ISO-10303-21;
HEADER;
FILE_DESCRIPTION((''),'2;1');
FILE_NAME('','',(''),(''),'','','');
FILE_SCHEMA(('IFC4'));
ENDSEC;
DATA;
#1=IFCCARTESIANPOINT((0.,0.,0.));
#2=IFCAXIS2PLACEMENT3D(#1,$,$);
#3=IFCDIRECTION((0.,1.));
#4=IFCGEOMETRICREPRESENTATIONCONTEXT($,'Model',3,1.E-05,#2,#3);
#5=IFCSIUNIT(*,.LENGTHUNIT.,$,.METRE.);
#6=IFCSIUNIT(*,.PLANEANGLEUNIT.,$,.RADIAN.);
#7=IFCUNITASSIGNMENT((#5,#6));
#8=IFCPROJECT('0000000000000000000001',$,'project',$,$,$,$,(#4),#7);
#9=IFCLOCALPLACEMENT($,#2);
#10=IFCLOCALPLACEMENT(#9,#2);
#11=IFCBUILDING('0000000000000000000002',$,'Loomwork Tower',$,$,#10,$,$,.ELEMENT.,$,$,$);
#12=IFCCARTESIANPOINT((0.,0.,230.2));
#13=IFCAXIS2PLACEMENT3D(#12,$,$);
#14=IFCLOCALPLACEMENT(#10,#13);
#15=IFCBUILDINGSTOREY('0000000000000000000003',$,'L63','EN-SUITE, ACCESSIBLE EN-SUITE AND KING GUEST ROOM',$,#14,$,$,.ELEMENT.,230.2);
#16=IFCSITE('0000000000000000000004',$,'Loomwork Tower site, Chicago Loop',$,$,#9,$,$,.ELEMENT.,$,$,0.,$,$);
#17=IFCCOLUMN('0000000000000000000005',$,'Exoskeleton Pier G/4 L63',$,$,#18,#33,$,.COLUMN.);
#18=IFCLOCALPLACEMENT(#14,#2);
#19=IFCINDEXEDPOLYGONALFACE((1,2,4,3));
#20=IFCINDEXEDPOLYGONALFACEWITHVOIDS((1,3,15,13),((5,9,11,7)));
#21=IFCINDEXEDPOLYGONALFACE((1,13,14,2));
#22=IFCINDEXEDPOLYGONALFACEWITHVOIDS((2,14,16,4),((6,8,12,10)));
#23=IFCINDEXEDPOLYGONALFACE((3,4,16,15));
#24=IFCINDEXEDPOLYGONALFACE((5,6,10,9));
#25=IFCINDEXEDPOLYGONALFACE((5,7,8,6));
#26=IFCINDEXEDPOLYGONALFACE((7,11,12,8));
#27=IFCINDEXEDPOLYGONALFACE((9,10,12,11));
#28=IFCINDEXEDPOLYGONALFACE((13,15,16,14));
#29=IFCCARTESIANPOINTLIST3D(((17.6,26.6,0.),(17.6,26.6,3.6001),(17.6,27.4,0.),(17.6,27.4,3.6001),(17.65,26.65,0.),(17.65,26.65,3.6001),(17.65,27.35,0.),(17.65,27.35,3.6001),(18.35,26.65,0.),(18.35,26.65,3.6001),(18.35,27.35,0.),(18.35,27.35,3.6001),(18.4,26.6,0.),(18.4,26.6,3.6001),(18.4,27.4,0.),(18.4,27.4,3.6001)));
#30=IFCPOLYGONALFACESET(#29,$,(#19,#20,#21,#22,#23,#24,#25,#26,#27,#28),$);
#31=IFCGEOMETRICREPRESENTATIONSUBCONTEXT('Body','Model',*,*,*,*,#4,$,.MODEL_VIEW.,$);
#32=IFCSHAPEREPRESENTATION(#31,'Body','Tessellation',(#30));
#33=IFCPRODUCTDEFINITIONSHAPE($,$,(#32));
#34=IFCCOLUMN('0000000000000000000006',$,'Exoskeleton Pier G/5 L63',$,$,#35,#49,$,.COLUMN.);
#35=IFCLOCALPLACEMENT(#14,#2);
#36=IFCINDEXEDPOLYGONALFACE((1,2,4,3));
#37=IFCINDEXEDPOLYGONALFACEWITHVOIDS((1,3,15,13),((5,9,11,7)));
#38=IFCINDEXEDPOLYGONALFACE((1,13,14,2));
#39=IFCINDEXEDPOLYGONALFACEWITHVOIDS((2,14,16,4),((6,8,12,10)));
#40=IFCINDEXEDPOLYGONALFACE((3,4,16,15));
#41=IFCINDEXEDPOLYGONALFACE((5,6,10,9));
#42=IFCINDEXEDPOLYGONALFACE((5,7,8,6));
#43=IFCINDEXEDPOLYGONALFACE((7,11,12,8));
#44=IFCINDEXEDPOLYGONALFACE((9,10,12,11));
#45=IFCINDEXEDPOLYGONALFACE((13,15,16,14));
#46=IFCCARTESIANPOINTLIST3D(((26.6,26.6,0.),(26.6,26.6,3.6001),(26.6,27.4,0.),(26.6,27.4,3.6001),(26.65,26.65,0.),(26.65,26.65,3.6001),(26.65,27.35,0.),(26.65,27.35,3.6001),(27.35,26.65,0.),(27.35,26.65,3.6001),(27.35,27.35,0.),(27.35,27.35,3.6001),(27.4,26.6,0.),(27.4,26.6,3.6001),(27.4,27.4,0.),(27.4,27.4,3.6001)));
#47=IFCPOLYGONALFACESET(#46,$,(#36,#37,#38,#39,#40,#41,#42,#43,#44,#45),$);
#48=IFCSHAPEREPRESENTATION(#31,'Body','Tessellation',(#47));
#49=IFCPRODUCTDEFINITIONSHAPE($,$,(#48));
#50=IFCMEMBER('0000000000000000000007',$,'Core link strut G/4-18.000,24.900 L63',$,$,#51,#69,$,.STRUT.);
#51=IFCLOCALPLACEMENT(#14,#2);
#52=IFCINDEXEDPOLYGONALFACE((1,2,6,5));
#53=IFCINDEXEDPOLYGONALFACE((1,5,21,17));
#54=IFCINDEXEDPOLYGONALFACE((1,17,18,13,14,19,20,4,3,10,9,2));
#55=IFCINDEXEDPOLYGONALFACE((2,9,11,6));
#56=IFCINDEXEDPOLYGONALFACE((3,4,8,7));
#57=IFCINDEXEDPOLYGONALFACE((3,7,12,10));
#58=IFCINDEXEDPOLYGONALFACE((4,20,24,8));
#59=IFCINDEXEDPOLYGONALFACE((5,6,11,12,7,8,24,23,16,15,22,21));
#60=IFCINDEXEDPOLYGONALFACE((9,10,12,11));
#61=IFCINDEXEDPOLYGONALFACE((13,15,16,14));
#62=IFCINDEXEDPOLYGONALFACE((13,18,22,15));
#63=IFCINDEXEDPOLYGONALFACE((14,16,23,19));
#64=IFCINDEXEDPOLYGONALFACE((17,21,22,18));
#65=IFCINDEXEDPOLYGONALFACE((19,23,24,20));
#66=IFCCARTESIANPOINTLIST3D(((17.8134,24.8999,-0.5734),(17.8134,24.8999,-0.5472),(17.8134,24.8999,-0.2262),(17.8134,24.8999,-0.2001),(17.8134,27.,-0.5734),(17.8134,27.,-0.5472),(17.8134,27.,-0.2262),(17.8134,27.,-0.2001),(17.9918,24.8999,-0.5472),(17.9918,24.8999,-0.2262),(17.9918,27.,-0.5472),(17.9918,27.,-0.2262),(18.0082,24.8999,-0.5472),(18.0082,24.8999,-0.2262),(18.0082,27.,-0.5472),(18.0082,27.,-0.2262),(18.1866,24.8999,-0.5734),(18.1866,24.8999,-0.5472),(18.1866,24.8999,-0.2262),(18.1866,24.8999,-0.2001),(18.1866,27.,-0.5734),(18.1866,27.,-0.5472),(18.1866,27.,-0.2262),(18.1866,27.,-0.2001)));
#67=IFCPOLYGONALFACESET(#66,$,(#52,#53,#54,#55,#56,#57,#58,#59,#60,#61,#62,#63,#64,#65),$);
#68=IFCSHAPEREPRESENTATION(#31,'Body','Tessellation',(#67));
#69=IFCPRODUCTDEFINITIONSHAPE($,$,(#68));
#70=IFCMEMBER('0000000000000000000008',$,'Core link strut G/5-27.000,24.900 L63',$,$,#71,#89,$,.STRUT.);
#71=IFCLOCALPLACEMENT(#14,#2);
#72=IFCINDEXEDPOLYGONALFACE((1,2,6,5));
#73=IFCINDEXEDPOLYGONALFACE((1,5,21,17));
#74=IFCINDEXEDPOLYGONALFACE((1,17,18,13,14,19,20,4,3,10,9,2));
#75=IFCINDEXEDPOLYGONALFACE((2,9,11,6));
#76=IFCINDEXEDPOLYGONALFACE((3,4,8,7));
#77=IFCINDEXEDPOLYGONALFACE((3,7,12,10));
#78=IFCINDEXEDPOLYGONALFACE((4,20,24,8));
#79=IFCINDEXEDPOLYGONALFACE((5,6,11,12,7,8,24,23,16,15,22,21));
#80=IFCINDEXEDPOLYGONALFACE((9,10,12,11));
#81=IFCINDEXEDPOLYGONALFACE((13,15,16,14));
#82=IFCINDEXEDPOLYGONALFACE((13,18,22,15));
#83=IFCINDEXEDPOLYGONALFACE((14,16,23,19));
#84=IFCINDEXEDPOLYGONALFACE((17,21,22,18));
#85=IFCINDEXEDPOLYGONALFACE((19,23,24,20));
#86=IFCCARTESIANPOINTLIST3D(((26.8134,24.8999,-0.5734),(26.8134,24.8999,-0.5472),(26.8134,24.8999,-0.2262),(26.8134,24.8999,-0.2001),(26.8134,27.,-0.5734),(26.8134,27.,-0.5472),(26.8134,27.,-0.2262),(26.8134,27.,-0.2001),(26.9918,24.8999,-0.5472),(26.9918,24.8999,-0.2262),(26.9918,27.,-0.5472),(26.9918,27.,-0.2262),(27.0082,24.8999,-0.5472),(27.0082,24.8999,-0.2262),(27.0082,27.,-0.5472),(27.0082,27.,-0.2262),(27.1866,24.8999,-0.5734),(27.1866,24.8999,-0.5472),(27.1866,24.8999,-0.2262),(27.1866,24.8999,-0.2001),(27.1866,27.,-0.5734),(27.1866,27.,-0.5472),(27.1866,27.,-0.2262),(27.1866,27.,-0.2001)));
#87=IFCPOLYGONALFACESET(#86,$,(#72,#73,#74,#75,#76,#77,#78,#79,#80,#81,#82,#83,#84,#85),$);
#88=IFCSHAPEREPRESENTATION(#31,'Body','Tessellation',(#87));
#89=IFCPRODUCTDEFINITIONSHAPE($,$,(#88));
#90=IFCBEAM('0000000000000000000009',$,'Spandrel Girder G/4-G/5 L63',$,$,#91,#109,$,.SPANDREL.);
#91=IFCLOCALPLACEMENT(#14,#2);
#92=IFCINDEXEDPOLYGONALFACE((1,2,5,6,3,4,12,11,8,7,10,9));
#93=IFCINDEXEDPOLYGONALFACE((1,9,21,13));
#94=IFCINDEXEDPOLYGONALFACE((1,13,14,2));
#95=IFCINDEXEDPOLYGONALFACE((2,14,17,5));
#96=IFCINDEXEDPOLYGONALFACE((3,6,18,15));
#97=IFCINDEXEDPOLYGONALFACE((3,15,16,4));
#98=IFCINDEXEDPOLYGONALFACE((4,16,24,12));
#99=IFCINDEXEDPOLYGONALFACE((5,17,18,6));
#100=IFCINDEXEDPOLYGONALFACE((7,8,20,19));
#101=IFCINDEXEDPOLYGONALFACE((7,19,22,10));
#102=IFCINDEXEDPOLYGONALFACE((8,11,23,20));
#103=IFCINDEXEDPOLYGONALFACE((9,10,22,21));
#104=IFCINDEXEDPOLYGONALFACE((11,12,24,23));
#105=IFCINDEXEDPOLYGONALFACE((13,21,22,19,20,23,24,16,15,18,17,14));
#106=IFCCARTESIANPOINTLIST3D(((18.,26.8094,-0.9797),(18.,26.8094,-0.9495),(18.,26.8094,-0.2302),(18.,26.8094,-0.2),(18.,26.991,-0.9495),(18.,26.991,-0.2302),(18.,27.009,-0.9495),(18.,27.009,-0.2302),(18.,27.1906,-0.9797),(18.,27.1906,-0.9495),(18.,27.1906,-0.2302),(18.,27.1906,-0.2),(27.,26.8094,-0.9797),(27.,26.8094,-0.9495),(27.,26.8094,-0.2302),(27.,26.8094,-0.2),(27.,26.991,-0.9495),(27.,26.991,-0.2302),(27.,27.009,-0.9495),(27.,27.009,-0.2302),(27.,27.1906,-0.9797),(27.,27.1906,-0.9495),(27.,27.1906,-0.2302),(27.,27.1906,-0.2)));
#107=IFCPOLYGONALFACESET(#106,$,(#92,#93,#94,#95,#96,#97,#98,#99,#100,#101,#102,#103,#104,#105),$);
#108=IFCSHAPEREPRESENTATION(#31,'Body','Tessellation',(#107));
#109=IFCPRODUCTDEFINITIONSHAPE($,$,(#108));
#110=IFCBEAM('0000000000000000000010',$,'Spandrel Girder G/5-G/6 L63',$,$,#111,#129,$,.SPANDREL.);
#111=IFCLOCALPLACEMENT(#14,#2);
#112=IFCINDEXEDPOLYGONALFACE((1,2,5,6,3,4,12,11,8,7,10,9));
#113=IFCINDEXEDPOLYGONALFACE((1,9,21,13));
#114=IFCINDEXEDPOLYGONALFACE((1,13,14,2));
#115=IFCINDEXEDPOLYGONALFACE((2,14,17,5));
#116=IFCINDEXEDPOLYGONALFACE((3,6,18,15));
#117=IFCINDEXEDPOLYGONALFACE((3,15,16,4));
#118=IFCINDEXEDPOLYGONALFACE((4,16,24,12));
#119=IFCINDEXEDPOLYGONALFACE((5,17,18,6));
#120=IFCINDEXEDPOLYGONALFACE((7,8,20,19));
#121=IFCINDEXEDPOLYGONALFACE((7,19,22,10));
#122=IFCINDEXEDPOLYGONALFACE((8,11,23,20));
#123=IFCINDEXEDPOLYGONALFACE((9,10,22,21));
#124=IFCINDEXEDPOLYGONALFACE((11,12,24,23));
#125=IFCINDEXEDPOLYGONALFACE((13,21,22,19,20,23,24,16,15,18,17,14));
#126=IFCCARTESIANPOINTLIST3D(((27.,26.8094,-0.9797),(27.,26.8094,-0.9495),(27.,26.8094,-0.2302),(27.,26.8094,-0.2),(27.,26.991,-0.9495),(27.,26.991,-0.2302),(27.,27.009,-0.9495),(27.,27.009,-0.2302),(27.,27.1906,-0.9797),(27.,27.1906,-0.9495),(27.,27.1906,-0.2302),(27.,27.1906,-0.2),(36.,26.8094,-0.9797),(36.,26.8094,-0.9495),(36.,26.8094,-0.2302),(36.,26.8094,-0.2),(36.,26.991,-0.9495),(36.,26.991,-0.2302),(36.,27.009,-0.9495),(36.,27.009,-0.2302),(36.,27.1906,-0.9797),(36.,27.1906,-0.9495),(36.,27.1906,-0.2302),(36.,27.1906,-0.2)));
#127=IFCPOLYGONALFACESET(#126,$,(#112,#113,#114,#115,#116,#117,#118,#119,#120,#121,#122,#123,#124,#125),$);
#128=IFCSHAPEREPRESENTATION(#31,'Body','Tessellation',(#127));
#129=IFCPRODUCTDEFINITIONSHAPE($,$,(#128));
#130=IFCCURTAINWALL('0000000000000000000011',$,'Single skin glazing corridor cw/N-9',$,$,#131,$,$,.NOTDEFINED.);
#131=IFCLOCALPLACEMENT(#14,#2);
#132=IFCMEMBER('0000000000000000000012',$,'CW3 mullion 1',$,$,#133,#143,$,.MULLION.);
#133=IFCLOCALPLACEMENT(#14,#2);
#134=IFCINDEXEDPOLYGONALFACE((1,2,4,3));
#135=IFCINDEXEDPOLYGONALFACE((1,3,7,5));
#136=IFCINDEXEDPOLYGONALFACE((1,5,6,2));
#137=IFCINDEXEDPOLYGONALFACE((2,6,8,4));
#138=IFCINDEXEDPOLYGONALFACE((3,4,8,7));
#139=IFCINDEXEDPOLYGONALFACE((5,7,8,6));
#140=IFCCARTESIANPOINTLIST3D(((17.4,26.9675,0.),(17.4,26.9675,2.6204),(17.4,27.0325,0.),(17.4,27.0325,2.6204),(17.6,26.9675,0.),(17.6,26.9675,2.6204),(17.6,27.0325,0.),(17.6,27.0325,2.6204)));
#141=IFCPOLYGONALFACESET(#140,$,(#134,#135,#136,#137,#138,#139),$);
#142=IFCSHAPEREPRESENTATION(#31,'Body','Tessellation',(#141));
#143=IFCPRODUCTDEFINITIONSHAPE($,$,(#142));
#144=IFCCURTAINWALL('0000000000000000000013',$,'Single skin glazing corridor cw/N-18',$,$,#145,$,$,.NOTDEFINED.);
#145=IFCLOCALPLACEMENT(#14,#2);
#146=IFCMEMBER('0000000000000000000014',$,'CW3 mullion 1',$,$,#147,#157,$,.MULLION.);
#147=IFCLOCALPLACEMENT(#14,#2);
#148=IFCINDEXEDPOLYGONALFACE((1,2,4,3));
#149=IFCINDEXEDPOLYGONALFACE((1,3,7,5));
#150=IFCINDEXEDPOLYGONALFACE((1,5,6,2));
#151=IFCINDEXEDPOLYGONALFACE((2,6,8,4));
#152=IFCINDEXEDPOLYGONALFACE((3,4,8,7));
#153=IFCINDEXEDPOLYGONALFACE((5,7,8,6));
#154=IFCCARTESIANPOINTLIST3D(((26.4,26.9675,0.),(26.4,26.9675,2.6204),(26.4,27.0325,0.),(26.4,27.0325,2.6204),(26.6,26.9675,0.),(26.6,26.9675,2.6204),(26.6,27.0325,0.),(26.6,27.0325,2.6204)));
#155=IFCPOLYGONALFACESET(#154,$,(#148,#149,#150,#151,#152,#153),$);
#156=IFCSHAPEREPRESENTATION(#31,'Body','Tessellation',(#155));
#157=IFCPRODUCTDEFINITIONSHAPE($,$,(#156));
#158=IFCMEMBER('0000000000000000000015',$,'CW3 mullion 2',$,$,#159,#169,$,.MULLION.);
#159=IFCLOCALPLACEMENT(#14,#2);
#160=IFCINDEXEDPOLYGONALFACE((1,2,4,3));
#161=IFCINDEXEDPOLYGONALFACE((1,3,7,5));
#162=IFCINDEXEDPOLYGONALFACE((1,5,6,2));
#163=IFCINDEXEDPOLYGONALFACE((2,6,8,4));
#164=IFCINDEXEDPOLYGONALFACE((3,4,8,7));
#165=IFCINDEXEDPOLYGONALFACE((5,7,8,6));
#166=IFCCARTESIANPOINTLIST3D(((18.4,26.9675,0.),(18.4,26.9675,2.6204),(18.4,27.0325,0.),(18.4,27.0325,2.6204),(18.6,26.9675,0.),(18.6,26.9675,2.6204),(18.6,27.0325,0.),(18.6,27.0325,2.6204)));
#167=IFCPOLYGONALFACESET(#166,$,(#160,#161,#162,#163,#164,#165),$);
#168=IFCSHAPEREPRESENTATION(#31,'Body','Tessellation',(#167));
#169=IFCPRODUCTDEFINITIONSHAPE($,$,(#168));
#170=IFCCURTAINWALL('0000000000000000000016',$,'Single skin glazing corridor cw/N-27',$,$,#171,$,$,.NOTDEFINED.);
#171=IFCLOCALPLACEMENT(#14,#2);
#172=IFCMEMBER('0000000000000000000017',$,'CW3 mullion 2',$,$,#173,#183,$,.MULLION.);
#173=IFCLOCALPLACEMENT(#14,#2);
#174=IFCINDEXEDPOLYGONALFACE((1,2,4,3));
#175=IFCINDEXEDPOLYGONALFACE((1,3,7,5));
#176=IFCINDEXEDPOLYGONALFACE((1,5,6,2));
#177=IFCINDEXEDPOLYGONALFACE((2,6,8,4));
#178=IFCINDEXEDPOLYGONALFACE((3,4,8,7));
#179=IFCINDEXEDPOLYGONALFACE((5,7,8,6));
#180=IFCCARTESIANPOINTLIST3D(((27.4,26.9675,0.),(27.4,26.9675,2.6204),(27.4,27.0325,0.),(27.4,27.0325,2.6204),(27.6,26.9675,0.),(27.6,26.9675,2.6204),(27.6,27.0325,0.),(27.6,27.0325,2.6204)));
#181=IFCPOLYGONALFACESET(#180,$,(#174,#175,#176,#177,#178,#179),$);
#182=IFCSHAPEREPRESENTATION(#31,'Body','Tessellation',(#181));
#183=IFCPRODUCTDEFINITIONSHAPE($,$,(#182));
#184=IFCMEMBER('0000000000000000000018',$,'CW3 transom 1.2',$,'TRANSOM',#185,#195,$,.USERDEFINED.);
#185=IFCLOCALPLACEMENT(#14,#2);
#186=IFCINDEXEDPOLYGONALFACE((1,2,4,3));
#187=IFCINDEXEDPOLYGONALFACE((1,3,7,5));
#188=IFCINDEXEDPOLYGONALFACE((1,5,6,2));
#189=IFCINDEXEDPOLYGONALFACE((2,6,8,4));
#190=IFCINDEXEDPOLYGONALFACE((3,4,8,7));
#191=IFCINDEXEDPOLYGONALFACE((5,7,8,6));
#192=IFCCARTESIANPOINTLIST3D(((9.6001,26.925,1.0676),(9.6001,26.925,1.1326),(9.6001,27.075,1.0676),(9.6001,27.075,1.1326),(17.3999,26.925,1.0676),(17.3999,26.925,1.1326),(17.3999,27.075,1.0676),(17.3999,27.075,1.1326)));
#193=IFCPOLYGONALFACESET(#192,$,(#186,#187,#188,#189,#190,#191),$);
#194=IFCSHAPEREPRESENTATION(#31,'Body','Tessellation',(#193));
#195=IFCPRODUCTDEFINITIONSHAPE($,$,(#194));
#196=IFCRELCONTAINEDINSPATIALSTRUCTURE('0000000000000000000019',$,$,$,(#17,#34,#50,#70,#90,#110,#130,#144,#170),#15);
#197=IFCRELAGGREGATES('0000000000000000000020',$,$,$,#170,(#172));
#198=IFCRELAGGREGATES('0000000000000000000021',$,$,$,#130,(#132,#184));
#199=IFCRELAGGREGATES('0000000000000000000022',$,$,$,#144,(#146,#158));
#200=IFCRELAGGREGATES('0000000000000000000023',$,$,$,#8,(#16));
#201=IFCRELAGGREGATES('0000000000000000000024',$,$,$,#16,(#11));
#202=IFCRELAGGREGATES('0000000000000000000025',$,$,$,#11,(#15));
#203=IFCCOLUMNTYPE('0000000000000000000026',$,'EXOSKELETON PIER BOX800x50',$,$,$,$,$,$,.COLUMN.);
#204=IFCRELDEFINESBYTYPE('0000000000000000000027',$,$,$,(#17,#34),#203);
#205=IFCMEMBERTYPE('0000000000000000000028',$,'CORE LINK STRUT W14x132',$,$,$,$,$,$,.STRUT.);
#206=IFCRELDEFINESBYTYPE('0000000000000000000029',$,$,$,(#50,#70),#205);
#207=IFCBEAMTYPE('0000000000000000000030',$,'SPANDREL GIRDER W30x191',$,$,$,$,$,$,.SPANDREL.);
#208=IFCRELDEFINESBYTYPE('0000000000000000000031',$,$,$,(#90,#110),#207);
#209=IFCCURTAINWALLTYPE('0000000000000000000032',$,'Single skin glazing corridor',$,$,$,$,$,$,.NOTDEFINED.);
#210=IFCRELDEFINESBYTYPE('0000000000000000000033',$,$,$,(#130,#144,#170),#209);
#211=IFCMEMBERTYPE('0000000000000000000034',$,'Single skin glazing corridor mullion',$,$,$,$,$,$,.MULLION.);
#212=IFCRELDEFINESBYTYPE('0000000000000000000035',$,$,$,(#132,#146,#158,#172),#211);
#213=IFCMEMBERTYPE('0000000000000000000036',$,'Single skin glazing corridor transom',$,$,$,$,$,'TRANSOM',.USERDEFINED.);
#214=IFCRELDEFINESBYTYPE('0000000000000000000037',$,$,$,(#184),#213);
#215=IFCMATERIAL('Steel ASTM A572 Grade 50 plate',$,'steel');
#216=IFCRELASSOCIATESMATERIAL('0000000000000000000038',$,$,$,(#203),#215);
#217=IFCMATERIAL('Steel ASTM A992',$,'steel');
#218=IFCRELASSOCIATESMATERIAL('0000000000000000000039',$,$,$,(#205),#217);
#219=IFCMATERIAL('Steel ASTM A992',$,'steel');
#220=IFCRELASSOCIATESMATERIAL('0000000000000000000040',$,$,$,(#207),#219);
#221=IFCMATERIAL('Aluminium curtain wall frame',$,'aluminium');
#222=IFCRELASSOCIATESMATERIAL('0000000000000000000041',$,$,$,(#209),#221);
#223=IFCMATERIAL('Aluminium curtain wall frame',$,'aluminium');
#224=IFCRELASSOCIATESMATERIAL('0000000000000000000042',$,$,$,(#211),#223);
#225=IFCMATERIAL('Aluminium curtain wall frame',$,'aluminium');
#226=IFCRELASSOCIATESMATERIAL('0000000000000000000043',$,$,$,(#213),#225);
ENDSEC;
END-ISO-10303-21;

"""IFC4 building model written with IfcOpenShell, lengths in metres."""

from ifc_helpers import new_model, si_unit, direction, frame, origin, origin_2d, place, context, subcontext, project, spatial, rectangle, hollow_rectangle, i_section, extrude, material, material_profile, profile_set, type_object, element, aggregate, save


model = new_model("IFC4")

# Units and contexts
model_context = context("Model", 3, precision=1e-05, world=origin(), true_north=direction((0.0, 1.0)))
body_context = subcontext(model_context, "Body", "Model", "MODEL_VIEW")
ifc_project = project(units=[si_unit("LENGTHUNIT", "METRE"), si_unit("PLANEANGLEUNIT", "RADIAN")], contexts=[model_context])

# Site, building, storey
site_placement = place(None, origin())
site = spatial("IfcSite", under=ifc_project, at=site_placement, Name="Loomwork Tower site, Chicago Loop", CompositionType="ELEMENT", RefElevation=0.0)
building_placement = place(site_placement, origin())
building = spatial("IfcBuilding", under=site, at=building_placement, Name="Loomwork Tower", CompositionType="ELEMENT")
storey_placement = place(building_placement, frame((0.0, 0.0, 230.2)))
storey = spatial("IfcBuildingStorey", under=building, at=storey_placement, Name="L63", Description="EN-SUITE, ACCESSIBLE EN-SUITE AND KING GUEST ROOM", CompositionType="ELEMENT", Elevation=230.2)

# Columns
ifc_material_1 = material(Name="Steel ASTM A572 Grade 50 plate", Category="steel")
ifc_material_profile_1 = material_profile(ifc_material_1, hollow_rectangle(XDim=0.8, YDim=0.8, WallThickness=0.05, at=origin_2d()), Name="BOX800x50")
ifc_profile_set_1 = profile_set([ifc_material_profile_1], Name="Steel ASTM A572 Grade 50 plate")
column_type = type_object("IfcColumnType", Name="EXOSKELETON PIER BOX800x50", PredefinedType="COLUMN", material=ifc_profile_set_1)
for number, where, z_axis, x_axis, name in (
    (1, (18.0, 27.0, 0.0), (0.0, 0.0, 1.0), (1.0, 0.0, 0.0), "Exoskeleton Pier G/4 L63"),
    (2, (27.0, 27.0, 0.0), (0.0, 0.0, 1.0), (1.0, 0.0, 0.0), "Exoskeleton Pier G/5 L63"),
):
    element("IfcColumn", number, at=place(storey_placement, frame(where, z_axis=z_axis, x_axis=x_axis)), inside=storey, type_object=column_type, Name=name, PredefinedType="COLUMN", context=body_context, shape_type="SweptSolid", body=[
        extrude(hollow_rectangle(XDim=0.8, YDim=0.8, WallThickness=0.05, at=origin_2d()), origin(), (0.0, 0.0, 1.0), 3.6001),
    ])

# Members
ifc_material_2 = material(Name="Steel ASTM A992", Category="steel")
ifc_material_profile_2 = material_profile(ifc_material_2, i_section(OverallWidth=0.3733, OverallDepth=0.3733, WebThickness=0.0164, FlangeThickness=0.0261, at=origin_2d()), Name="W14x132")
ifc_profile_set_2 = profile_set([ifc_material_profile_2], Name="Steel ASTM A992")
member_type_1 = type_object("IfcMemberType", Name="CORE LINK STRUT W14x132", PredefinedType="STRUT", material=ifc_profile_set_2)
for number, where, z_axis, x_axis, name in (
    (3, (18.0, 27.0, -0.3867), (0.0, -1.0, 0.0), (1.0, 0.0, 0.0), "Core link strut G/4-18.000,24.900 L63"),
    (4, (27.0, 27.0, -0.3867), (0.0, -1.0, 0.0), (1.0, 0.0, 0.0), "Core link strut G/5-27.000,24.900 L63"),
):
    element("IfcMember", number, at=place(storey_placement, frame(where, z_axis=z_axis, x_axis=x_axis)), inside=storey, type_object=member_type_1, Name=name, PredefinedType="STRUT", context=body_context, shape_type="SweptSolid", body=[
        extrude(i_section(OverallWidth=0.3733, OverallDepth=0.3733, WebThickness=0.0164, FlangeThickness=0.0261, at=origin_2d()), origin(), (0.0, 0.0, 1.0), 2.1001),
    ])

# Beams
ifc_material_3 = material(Name="Steel ASTM A992", Category="steel")
ifc_material_profile_3 = material_profile(ifc_material_3, i_section(OverallWidth=0.3811, OverallDepth=0.7798, WebThickness=0.0181, FlangeThickness=0.0303, at=origin_2d()), Name="W30x191")
ifc_profile_set_3 = profile_set([ifc_material_profile_3], Name="Steel ASTM A992")
beam_type = type_object("IfcBeamType", Name="SPANDREL GIRDER W30x191", PredefinedType="SPANDREL", material=ifc_profile_set_3)
for number, where, z_axis, x_axis, name in (
    (5, (18.0, 27.0, -0.5898), (1.0, 0.0, 0.0), (0.0, 1.0, 0.0), "Spandrel Girder G/4-G/5 L63"),
    (6, (27.0, 27.0, -0.5898), (1.0, 0.0, 0.0), (0.0, 1.0, 0.0), "Spandrel Girder G/5-G/6 L63"),
):
    element("IfcBeam", number, at=place(storey_placement, frame(where, z_axis=z_axis, x_axis=x_axis)), inside=storey, type_object=beam_type, Name=name, PredefinedType="SPANDREL", context=body_context, shape_type="SweptSolid", body=[
        extrude(i_section(OverallWidth=0.3811, OverallDepth=0.7798, WebThickness=0.0181, FlangeThickness=0.0303, at=origin_2d()), origin(), (0.0, 0.0, 1.0), 9.0),
    ])

# Curtain wall, member
ifc_material_4 = material(Name="Aluminium curtain wall frame", Category="aluminium")
curtain_wall_type = type_object("IfcCurtainWallType", Name="Single skin glazing corridor", PredefinedType="NOTDEFINED", material=ifc_material_4)
curtain_wall_1_placement = place(storey_placement, origin())
curtain_wall_1 = element("IfcCurtainWall", 7, at=curtain_wall_1_placement, inside=storey, type_object=curtain_wall_type, Name="Single skin glazing corridor cw/N-9", PredefinedType="NOTDEFINED")
ifc_material_5 = material(Name="Aluminium curtain wall frame", Category="aluminium")
ifc_material_profile_4 = material_profile(ifc_material_5, rectangle(XDim=0.0649, YDim=0.2, at=origin_2d()), Name="AL 65x200")
ifc_profile_set_4 = profile_set([ifc_material_profile_4], Name="Aluminium curtain wall frame")
member_type_2 = type_object("IfcMemberType", Name="Single skin glazing corridor mullion", PredefinedType="MULLION", material=ifc_profile_set_4)
member_1_placement = place(storey_placement, frame((17.5, 27.0, 0.0), z_axis=(0.0, 0.0, 1.0), x_axis=(0.0, -1.0, 0.0)))
member_1 = element("IfcMember", 8, at=member_1_placement, type_object=member_type_2, Name="CW3 mullion 1", PredefinedType="MULLION", context=body_context, shape_type="SweptSolid", body=[
    extrude(rectangle(XDim=0.0649, YDim=0.2, at=origin_2d()), origin(), (0.0, 0.0, 1.0), 2.6204),
])

# Curtain wall, members
curtain_wall_2_placement = place(storey_placement, origin())
curtain_wall_2 = element("IfcCurtainWall", 9, at=curtain_wall_2_placement, inside=storey, type_object=curtain_wall_type, Name="Single skin glazing corridor cw/N-18", PredefinedType="NOTDEFINED")
member_2_placement = place(storey_placement, frame((26.5, 27.0, 0.0), z_axis=(0.0, 0.0, 1.0), x_axis=(0.0, -1.0, 0.0)))
member_2 = element("IfcMember", 10, at=member_2_placement, type_object=member_type_2, Name="CW3 mullion 1", PredefinedType="MULLION", context=body_context, shape_type="SweptSolid", body=[
    extrude(rectangle(XDim=0.0649, YDim=0.2, at=origin_2d()), origin(), (0.0, 0.0, 1.0), 2.6204),
])
member_3_placement = place(storey_placement, frame((18.5, 27.0, 0.0), z_axis=(0.0, 0.0, 1.0), x_axis=(0.0, -1.0, 0.0)))
member_3 = element("IfcMember", 11, at=member_3_placement, type_object=member_type_2, Name="CW3 mullion 2", PredefinedType="MULLION", context=body_context, shape_type="SweptSolid", body=[
    extrude(rectangle(XDim=0.0649, YDim=0.2, at=origin_2d()), origin(), (0.0, 0.0, 1.0), 2.6204),
])

# Curtain wall, member
curtain_wall_3_placement = place(storey_placement, origin())
curtain_wall_3 = element("IfcCurtainWall", 12, at=curtain_wall_3_placement, inside=storey, type_object=curtain_wall_type, Name="Single skin glazing corridor cw/N-27", PredefinedType="NOTDEFINED")
member_4_placement = place(storey_placement, frame((27.5, 27.0, 0.0), z_axis=(0.0, 0.0, 1.0), x_axis=(0.0, -1.0, 0.0)))
member_4 = element("IfcMember", 13, at=member_4_placement, type_object=member_type_2, Name="CW3 mullion 2", PredefinedType="MULLION", context=body_context, shape_type="SweptSolid", body=[
    extrude(rectangle(XDim=0.0649, YDim=0.2, at=origin_2d()), origin(), (0.0, 0.0, 1.0), 2.6204),
])
aggregate(curtain_wall_3, [member_4])

# Member
ifc_material_6 = material(Name="Aluminium curtain wall frame", Category="aluminium")
ifc_material_profile_5 = material_profile(ifc_material_6, rectangle(XDim=0.1499, YDim=0.0649, at=origin_2d()), Name="AL 65x150")
ifc_profile_set_5 = profile_set([ifc_material_profile_5], Name="Aluminium curtain wall frame")
member_type_3 = type_object("IfcMemberType", Name="Single skin glazing corridor transom", ElementType="TRANSOM", PredefinedType="USERDEFINED", material=ifc_profile_set_5)
member_5_placement = place(storey_placement, frame((17.3999, 27.0, 1.1001), z_axis=(-1.0, 0.0, 0.0), x_axis=(0.0, -1.0, 0.0)))
member_5 = element("IfcMember", 14, at=member_5_placement, type_object=member_type_3, Name="CW3 transom 1.2", ObjectType="TRANSOM", PredefinedType="USERDEFINED", context=body_context, shape_type="SweptSolid", body=[
    extrude(rectangle(XDim=0.1499, YDim=0.0649, at=origin_2d()), origin(), (0.0, 0.0, 1.0), 7.7998),
])
aggregate(curtain_wall_1, [member_1, member_5])

aggregate(curtain_wall_2, [member_2, member_3])

save(model, "model.ifc")
